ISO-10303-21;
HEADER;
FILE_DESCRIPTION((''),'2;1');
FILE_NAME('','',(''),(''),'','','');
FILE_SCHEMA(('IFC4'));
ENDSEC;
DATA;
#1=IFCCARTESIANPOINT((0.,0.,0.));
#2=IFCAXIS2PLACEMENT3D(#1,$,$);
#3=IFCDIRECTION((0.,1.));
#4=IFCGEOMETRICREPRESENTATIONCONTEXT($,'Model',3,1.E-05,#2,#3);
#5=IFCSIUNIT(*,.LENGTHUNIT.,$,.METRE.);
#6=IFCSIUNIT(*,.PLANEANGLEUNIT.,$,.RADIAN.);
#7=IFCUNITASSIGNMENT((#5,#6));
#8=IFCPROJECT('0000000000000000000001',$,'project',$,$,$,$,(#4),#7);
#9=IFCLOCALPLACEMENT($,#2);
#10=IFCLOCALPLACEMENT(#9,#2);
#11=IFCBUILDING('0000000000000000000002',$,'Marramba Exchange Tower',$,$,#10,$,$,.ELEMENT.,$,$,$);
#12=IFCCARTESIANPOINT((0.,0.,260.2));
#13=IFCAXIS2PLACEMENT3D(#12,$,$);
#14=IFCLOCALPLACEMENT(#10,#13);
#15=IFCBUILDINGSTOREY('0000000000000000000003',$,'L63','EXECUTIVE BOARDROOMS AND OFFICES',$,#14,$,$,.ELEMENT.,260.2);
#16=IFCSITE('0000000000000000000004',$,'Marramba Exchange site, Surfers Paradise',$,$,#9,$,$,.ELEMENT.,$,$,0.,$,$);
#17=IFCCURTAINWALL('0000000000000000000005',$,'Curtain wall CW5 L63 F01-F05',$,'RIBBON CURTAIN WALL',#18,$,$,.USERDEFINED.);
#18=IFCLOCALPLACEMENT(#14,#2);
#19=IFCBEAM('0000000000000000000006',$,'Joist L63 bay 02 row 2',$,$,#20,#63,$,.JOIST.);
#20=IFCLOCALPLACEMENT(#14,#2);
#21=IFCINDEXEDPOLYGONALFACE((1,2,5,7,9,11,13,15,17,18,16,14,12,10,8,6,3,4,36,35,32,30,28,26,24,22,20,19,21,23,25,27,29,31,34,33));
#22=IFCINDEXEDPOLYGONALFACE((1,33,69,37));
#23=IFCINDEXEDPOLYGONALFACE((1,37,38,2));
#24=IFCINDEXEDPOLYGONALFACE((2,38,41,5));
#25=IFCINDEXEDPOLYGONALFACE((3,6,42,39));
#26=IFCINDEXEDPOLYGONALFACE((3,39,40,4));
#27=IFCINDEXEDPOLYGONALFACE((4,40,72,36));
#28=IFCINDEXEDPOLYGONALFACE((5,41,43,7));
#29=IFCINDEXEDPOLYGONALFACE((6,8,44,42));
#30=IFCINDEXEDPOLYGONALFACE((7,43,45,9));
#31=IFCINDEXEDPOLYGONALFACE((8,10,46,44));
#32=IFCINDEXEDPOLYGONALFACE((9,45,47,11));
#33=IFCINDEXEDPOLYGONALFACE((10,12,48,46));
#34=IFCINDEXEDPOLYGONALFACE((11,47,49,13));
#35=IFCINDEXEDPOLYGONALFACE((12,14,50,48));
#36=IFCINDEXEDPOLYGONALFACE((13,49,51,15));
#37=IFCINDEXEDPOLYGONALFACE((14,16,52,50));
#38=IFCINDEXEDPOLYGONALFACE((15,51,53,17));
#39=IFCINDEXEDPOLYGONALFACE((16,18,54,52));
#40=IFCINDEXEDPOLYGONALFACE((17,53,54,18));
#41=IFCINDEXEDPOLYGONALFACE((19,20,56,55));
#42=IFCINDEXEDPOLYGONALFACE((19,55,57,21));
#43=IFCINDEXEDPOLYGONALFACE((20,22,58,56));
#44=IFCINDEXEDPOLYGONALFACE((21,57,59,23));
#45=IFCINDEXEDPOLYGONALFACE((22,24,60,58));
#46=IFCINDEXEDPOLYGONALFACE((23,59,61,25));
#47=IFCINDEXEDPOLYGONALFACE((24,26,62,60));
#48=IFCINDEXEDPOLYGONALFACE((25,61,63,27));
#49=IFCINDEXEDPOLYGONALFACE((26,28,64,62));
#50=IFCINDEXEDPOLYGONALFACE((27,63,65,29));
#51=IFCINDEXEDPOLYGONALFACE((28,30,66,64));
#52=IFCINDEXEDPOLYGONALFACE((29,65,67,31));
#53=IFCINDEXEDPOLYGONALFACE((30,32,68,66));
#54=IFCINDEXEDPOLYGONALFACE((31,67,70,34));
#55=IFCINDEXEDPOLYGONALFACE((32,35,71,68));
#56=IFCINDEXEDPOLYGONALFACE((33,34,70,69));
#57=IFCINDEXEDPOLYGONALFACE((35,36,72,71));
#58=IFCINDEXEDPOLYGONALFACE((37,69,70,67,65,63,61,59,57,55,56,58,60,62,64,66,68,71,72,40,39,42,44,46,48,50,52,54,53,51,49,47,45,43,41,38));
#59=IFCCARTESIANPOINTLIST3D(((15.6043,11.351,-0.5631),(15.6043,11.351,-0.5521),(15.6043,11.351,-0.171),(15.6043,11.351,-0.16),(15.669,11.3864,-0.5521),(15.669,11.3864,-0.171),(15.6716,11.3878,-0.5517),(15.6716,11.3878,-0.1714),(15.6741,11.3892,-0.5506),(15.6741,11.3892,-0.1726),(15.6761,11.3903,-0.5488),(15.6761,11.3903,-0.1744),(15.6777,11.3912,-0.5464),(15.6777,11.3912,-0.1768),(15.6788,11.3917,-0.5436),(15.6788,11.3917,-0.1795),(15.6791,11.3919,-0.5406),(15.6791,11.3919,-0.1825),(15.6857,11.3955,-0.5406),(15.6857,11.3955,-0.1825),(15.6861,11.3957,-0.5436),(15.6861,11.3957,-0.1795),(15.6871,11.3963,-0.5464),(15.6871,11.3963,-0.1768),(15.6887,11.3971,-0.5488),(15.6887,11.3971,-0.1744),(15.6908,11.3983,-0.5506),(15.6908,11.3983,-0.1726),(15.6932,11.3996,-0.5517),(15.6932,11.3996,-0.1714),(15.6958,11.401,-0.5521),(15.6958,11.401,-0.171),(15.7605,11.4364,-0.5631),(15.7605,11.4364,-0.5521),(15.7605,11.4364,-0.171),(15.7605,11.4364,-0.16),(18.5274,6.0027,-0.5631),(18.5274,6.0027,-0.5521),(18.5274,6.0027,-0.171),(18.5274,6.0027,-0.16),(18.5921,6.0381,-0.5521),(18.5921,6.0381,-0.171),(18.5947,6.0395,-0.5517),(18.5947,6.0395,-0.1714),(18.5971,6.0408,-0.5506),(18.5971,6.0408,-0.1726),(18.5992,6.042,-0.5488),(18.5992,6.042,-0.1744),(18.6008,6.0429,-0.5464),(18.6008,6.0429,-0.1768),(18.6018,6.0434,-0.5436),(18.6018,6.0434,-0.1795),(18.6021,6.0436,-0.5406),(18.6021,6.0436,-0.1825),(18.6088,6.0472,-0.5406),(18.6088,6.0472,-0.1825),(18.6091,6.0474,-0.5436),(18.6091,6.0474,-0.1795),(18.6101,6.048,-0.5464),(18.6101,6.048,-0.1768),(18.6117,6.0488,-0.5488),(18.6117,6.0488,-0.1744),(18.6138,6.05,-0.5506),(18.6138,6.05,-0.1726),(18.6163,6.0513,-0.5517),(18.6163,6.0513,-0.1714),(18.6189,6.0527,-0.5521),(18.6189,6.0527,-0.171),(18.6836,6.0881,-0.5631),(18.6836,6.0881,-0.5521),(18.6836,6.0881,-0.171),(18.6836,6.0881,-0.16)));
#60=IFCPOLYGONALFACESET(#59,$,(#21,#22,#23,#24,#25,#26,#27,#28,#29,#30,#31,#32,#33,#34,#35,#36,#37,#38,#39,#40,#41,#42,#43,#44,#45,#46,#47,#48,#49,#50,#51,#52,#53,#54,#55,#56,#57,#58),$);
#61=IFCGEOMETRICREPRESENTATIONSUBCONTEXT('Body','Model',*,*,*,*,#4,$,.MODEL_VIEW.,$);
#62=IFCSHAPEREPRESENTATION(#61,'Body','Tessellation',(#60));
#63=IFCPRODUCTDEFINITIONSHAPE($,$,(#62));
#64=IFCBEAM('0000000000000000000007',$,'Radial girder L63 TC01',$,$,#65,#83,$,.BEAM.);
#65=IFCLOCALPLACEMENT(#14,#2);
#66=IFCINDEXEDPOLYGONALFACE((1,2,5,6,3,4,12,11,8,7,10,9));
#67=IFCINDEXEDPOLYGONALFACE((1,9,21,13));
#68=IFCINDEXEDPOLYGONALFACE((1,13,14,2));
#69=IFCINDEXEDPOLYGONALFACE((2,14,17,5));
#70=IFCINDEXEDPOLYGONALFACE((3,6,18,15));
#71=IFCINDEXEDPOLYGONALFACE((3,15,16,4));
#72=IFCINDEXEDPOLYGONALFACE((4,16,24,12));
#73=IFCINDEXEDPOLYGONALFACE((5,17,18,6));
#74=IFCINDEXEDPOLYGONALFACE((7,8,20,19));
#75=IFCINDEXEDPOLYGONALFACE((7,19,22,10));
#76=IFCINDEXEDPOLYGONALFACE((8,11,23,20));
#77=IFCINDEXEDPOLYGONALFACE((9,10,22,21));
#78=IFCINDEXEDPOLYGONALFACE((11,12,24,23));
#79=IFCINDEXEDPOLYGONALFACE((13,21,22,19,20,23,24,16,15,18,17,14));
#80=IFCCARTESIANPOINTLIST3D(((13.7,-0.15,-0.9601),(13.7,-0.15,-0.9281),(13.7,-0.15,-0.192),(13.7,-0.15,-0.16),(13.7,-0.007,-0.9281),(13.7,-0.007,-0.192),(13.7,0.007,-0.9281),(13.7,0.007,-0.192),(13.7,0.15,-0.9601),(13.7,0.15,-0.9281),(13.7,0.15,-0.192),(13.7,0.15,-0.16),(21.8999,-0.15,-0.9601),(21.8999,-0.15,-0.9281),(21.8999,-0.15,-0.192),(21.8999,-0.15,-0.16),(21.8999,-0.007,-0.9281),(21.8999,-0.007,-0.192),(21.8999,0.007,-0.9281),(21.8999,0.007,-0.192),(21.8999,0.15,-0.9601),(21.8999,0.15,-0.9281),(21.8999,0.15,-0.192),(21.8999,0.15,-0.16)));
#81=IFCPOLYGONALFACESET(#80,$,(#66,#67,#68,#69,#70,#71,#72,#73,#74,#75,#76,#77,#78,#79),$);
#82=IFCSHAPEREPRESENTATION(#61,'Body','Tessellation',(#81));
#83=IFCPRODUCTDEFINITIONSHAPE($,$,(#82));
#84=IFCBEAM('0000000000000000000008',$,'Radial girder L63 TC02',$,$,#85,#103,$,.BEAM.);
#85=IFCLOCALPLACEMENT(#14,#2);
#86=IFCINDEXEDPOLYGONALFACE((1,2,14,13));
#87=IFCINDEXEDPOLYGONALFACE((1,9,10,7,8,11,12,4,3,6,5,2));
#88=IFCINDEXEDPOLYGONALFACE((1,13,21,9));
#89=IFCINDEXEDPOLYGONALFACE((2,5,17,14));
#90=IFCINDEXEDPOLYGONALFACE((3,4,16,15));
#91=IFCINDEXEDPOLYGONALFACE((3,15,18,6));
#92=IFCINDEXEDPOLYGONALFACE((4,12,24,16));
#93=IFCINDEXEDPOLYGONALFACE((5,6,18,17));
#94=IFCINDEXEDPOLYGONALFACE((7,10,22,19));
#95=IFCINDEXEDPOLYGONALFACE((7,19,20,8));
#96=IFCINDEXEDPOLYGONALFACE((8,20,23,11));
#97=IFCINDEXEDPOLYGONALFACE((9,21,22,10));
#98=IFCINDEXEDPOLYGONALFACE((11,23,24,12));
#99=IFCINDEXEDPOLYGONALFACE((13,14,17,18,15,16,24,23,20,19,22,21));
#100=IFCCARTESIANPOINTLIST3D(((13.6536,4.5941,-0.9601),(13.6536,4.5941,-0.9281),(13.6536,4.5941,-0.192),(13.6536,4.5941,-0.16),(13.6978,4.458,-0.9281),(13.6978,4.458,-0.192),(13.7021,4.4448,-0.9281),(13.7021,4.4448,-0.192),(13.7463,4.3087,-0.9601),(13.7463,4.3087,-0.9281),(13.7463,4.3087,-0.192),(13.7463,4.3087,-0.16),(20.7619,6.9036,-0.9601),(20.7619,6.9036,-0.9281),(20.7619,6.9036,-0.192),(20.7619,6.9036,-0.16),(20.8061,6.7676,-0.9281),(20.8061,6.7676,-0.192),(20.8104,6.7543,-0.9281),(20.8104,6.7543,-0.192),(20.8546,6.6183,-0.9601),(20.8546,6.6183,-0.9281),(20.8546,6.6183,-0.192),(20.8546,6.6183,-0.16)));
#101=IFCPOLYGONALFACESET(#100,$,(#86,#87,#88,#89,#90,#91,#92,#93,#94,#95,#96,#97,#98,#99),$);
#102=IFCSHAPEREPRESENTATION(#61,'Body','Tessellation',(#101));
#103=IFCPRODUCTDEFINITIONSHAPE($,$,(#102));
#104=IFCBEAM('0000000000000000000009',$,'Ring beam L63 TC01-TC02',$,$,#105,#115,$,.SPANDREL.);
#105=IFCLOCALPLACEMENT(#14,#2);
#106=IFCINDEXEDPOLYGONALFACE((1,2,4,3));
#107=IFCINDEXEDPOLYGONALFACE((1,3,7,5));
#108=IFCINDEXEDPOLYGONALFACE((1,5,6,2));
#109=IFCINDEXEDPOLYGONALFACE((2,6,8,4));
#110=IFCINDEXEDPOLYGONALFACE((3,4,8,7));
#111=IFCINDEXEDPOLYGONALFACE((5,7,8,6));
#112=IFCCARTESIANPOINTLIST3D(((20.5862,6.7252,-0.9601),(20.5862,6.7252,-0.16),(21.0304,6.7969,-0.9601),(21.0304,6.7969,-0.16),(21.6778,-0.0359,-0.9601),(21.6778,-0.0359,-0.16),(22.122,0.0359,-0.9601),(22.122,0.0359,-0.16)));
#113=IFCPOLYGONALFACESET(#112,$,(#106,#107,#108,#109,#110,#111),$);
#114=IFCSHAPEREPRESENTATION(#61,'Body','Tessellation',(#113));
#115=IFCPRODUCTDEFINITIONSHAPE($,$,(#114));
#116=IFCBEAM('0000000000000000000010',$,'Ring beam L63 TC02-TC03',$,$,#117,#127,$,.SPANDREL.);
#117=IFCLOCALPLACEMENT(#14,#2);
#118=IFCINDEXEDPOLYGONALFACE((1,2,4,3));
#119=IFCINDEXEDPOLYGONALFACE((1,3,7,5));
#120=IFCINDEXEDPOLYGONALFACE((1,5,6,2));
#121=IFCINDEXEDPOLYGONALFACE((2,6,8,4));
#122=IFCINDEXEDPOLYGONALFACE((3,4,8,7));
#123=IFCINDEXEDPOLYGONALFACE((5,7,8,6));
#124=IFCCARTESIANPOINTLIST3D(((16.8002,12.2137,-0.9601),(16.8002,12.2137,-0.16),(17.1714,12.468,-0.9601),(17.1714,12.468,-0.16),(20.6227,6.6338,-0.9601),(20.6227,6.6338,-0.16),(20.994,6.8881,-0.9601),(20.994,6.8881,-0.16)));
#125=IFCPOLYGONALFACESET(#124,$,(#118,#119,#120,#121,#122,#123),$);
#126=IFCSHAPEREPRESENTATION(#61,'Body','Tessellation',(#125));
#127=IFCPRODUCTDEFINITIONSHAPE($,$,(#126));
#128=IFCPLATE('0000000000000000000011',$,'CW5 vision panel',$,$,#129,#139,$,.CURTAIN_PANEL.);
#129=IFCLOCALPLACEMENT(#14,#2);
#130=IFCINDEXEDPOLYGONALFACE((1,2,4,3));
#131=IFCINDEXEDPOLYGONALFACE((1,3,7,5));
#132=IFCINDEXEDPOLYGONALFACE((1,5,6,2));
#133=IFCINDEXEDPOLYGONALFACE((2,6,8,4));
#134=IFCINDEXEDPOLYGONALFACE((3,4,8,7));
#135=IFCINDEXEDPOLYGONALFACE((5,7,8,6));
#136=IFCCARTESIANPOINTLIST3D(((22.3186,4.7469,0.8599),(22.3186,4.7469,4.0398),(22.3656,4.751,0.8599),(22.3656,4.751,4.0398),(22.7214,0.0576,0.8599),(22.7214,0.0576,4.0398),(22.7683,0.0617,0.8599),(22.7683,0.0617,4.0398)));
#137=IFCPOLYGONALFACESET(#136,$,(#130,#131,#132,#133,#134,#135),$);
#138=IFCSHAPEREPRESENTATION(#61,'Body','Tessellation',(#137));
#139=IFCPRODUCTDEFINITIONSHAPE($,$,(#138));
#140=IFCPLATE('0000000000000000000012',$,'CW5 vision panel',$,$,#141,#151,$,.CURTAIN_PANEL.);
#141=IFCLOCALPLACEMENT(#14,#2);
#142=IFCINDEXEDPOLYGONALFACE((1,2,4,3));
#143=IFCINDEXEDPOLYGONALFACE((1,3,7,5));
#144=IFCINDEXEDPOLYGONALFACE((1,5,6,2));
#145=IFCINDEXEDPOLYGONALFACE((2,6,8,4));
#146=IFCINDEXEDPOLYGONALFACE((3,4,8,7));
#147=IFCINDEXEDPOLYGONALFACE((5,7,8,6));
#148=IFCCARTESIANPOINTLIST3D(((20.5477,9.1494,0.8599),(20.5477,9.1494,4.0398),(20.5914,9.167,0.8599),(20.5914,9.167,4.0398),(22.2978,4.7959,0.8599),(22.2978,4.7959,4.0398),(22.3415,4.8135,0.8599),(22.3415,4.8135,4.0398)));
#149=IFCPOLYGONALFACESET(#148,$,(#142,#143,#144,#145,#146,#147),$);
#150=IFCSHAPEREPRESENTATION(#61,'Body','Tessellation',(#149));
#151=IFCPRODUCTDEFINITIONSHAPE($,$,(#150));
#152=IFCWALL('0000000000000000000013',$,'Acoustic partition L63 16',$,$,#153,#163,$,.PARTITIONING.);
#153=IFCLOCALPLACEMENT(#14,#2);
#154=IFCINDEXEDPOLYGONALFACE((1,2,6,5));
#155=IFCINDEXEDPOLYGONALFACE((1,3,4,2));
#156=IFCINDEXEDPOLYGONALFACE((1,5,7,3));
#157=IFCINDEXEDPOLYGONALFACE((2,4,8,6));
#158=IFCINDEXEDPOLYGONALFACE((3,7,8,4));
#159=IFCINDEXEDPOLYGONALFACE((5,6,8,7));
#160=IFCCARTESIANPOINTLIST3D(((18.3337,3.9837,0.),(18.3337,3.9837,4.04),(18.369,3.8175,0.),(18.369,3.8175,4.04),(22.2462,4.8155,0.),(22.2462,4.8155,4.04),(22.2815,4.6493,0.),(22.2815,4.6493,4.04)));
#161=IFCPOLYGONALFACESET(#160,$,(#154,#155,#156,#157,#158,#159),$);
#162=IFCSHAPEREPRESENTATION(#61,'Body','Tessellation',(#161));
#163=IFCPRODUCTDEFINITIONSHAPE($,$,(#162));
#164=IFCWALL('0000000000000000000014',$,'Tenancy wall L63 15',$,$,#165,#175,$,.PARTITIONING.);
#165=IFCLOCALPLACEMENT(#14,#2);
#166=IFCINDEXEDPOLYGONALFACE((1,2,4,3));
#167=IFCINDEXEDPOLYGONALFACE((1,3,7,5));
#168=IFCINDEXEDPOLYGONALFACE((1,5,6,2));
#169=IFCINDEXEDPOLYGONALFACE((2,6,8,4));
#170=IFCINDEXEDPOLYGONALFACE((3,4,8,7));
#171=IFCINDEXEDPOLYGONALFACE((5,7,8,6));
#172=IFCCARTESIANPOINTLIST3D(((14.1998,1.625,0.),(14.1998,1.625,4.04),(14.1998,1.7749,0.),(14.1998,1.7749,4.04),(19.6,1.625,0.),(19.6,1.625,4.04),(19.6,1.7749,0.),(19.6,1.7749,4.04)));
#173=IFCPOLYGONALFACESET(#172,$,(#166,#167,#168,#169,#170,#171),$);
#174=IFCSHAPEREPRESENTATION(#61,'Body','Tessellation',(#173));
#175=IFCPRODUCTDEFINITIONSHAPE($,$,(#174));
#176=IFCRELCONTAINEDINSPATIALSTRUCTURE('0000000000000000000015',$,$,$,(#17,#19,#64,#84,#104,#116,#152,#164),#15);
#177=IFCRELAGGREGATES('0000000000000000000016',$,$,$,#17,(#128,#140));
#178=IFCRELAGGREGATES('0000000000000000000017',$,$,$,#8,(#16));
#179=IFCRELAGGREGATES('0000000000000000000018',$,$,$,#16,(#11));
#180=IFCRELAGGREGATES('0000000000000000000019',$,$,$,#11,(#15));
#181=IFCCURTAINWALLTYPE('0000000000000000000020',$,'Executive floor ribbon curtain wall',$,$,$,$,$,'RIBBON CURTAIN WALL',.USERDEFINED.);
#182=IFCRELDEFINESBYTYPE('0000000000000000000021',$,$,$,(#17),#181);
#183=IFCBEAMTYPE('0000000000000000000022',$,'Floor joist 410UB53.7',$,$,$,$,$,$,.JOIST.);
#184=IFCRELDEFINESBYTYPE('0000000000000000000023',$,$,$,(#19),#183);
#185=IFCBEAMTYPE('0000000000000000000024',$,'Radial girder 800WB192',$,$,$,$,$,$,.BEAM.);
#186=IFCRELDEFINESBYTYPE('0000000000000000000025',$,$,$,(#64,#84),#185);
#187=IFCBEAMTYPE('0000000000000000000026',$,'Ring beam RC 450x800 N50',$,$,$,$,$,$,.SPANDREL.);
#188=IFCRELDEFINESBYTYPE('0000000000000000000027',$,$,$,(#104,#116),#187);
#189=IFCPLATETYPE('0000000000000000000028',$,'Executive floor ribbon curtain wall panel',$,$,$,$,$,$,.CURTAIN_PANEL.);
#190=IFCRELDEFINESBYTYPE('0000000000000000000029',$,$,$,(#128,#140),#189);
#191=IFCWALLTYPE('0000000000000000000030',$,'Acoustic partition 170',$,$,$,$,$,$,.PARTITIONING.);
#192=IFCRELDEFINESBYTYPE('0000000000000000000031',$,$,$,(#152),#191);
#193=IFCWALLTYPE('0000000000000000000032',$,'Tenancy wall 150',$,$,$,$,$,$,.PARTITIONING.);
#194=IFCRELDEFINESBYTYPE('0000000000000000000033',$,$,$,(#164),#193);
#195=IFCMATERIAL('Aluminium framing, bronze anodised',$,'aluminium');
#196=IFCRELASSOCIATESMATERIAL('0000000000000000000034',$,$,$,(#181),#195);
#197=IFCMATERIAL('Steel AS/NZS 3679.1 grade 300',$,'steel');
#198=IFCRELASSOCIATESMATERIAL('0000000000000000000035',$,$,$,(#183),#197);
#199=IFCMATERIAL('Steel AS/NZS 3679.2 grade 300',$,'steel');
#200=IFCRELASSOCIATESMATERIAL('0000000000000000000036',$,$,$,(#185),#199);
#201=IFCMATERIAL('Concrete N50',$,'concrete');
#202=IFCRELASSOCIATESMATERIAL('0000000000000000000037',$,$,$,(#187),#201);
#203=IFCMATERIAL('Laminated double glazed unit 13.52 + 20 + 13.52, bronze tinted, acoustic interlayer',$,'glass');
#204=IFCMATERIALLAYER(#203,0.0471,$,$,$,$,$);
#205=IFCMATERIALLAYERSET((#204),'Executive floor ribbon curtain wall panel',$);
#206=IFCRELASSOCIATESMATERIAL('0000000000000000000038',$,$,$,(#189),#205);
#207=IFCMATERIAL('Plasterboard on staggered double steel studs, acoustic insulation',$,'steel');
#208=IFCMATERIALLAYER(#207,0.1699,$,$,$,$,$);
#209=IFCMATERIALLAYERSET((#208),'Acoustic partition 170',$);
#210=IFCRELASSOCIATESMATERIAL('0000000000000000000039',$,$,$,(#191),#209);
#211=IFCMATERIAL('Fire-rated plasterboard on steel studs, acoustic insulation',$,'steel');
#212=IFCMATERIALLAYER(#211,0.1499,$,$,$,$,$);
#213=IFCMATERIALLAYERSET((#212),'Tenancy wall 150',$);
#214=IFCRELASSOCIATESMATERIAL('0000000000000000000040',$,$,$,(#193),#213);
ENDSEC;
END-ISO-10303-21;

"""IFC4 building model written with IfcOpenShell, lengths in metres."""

from ifc_helpers import new_model, si_unit, direction, frame, frame_2d, origin, origin_2d, place, context, subcontext, project, spatial, rectangle, i_section, extrude, material, layer, layer_set, material_profile, profile_set, type_object, element, aggregate, save


model = new_model("IFC4")

# Units and contexts
model_context = context("Model", 3, precision=1e-05, world=origin(), true_north=direction((0.0, 1.0)))
body_context = subcontext(model_context, "Body", "Model", "MODEL_VIEW")
ifc_project = project(units=[si_unit("LENGTHUNIT", "METRE"), si_unit("PLANEANGLEUNIT", "RADIAN")], contexts=[model_context])

# Site, building, storey
site_placement = place(None, origin())
site = spatial("IfcSite", under=ifc_project, at=site_placement, Name="Marramba Exchange site, Surfers Paradise", CompositionType="ELEMENT", RefElevation=0.0)
building_placement = place(site_placement, origin())
building = spatial("IfcBuilding", under=site, at=building_placement, Name="Marramba Exchange Tower", CompositionType="ELEMENT")
storey_placement = place(building_placement, frame((0.0, 0.0, 260.2)))
storey = spatial("IfcBuildingStorey", under=building, at=storey_placement, Name="L63", Description="EXECUTIVE BOARDROOMS AND OFFICES", CompositionType="ELEMENT", Elevation=260.2)

# Shared definitions
ifc_material_1 = material(Name="Concrete N50", Category="concrete")

# Curtain wall
ifc_material_2 = material(Name="Aluminium framing, bronze anodised", Category="aluminium")
curtain_wall_type = type_object("IfcCurtainWallType", Name="Executive floor ribbon curtain wall", ElementType="RIBBON CURTAIN WALL", PredefinedType="USERDEFINED", material=ifc_material_2)
curtain_wall_placement = place(storey_placement, origin())
curtain_wall = element("IfcCurtainWall", 1, at=curtain_wall_placement, inside=storey, type_object=curtain_wall_type, Name="Curtain wall CW5 L63 F01-F05", ObjectType="RIBBON CURTAIN WALL", PredefinedType="USERDEFINED")

# Beams
ifc_material_3 = material(Name="Steel AS/NZS 3679.1 grade 300", Category="steel")
ifc_material_profile_1 = material_profile(ifc_material_3, i_section(OverallWidth=0.178, OverallDepth=0.4031, WebThickness=0.0076, FlangeThickness=0.011, FilletRadius=0.0115, at=origin_2d()), Name="410UB53.7")
ifc_profile_set_1 = profile_set([ifc_material_profile_1], Name="Steel AS/NZS 3679.1 grade 300")
beam_type_1 = type_object("IfcBeamType", Name="Floor joist 410UB53.7", PredefinedType="JOIST", material=ifc_profile_set_1)
beam_1_placement = place(storey_placement, frame((18.6055, 6.0454, -0.3616), z_axis=(-0.479584, 0.877496, 0.0), x_axis=(-0.877496, -0.479584, 0.0)))
element("IfcBeam", 2, at=beam_1_placement, inside=storey, type_object=beam_type_1, Name="Joist L63 bay 02 row 2", PredefinedType="JOIST", context=body_context, shape_type="SweptSolid", body=[
    extrude(i_section(OverallWidth=0.178, OverallDepth=0.4031, WebThickness=0.0076, FlangeThickness=0.011, FilletRadius=0.0115, at=origin_2d()), origin(), (0.0, 0.0, 1.0), 6.095),
])
ifc_material_4 = material(Name="Steel AS/NZS 3679.2 grade 300", Category="steel")
ifc_material_profile_2 = material_profile(ifc_material_4, i_section(OverallWidth=0.3, OverallDepth=0.8, WebThickness=0.0139, FlangeThickness=0.032, at=origin_2d()), Name="800WB192")
ifc_profile_set_2 = profile_set([ifc_material_profile_2], Name="Steel AS/NZS 3679.2 grade 300")
beam_type_2 = type_object("IfcBeamType", Name="Radial girder 800WB192", PredefinedType="BEAM", material=ifc_profile_set_2)
beam_2_placement = place(storey_placement, frame((13.7, 0.0, -0.5601), z_axis=(1.0, 0.0, 0.0), x_axis=(0.0, 1.0, 0.0)))
element("IfcBeam", 3, at=beam_2_placement, inside=storey, type_object=beam_type_2, Name="Radial girder L63 TC01", PredefinedType="BEAM", context=body_context, shape_type="SweptSolid", body=[
    extrude(i_section(OverallWidth=0.3, OverallDepth=0.8, WebThickness=0.0139, FlangeThickness=0.032, at=origin_2d()), origin(), (0.0, 0.0, 1.0), 8.2),
])
beam_3_placement = place(storey_placement, frame((13.7, 4.4514, -0.5601), z_axis=(0.95106, 0.309006, 0.0), x_axis=(-0.309006, 0.95106, 0.0)))
element("IfcBeam", 4, at=beam_3_placement, inside=storey, type_object=beam_type_2, Name="Radial girder L63 TC02", PredefinedType="BEAM", context=body_context, shape_type="SweptSolid", body=[
    extrude(i_section(OverallWidth=0.3, OverallDepth=0.8, WebThickness=0.0139, FlangeThickness=0.032, at=origin_2d()), origin(), (0.0, 0.0, 1.0), 7.4741),
])
ifc_material_profile_3 = material_profile(ifc_material_1, rectangle(XDim=0.45, YDim=0.8, at=origin_2d()), Name="RC 450x800")
ifc_profile_set_3 = profile_set([ifc_material_profile_3], Name="Concrete N50")
beam_type_3 = type_object("IfcBeamType", Name="Ring beam RC 450x800 N50", PredefinedType="SPANDREL", material=ifc_profile_set_3)
beam_4_placement = place(storey_placement, frame((21.8999, 0.0, -0.5601), z_axis=(-0.159385, 0.987217, 0.0), x_axis=(-0.987217, -0.159385, 0.0)))
element("IfcBeam", 5, at=beam_4_placement, inside=storey, type_object=beam_type_3, Name="Ring beam L63 TC01-TC02", PredefinedType="SPANDREL", context=body_context, shape_type="SweptSolid", body=[
    extrude(rectangle(XDim=0.45, YDim=0.8, at=origin_2d()), origin(), (0.0, 0.0, 1.0), 6.8486),
])
beam_5_placement = place(storey_placement, frame((20.8083, 6.761, -0.5601), z_axis=(-0.56516, 0.824981, 0.0), x_axis=(-0.824981, -0.56516, 0.0)))
element("IfcBeam", 6, at=beam_5_placement, inside=storey, type_object=beam_type_3, Name="Ring beam L63 TC02-TC03", PredefinedType="SPANDREL", context=body_context, shape_type="SweptSolid", body=[
    extrude(rectangle(XDim=0.45, YDim=0.8, at=origin_2d()), origin(), (0.0, 0.0, 1.0), 6.7637),
])

# Plates
ifc_material_5 = material(Name="Laminated double glazed unit 13.52 + 20 + 13.52, bronze tinted, acoustic interlayer", Category="glass")
ifc_layer_1 = layer(ifc_material_5, 0.0471)
ifc_layer_set_1 = layer_set([ifc_layer_1], Name="Executive floor ribbon curtain wall panel")
plate_type = type_object("IfcPlateType", Name="Executive floor ribbon curtain wall panel", PredefinedType="CURTAIN_PANEL", material=ifc_layer_set_1)
plate_1_placement = place(storey_placement, frame((22.5435, 2.4043, 0.8599), z_axis=(0.0, 0.0, 1.0), x_axis=(-0.085574, 0.996332, 0.0)))
plate_1 = element("IfcPlate", 7, at=plate_1_placement, type_object=plate_type, Name="CW5 vision panel", PredefinedType="CURTAIN_PANEL", context=body_context, shape_type="SweptSolid", body=[
    extrude(rectangle(XDim=4.7065, YDim=0.0471, at=origin_2d()), origin(), (0.0, 0.0, 1.0), 3.1799),
])
plate_2_placement = place(storey_placement, frame((21.4446, 6.9814, 0.8599), z_axis=(0.0, 0.0, 1.0), x_axis=(-0.372983, 0.927838, 0.0)))
plate_2 = element("IfcPlate", 8, at=plate_2_placement, type_object=plate_type, Name="CW5 vision panel", PredefinedType="CURTAIN_PANEL", context=body_context, shape_type="SweptSolid", body=[
    extrude(rectangle(XDim=4.6921, YDim=0.0471, at=origin_2d()), origin(), (0.0, 0.0, 1.0), 3.1799),
])
aggregate(curtain_wall, [plate_1, plate_2])

# Walls
ifc_material_6 = material(Name="Plasterboard on staggered double steel studs, acoustic insulation", Category="steel")
ifc_layer_2 = layer(ifc_material_6, 0.1699)
ifc_layer_set_2 = layer_set([ifc_layer_2], Name="Acoustic partition 170")
wall_type_1 = type_object("IfcWallType", Name="Acoustic partition 170", PredefinedType="PARTITIONING", material=ifc_layer_set_2)
wall_1_placement = place(storey_placement, frame((18.3513, 3.9006, 0.0), z_axis=(0.0, 0.0, 1.0), x_axis=(0.978141, 0.207945, 0.0)))
element("IfcWall", 9, at=wall_1_placement, inside=storey, type_object=wall_type_1, Name="Acoustic partition L63 16", PredefinedType="PARTITIONING", context=body_context, shape_type="SweptSolid", body=[
    extrude(rectangle(XDim=4.0, YDim=0.1699, at=frame_2d((2.0, 0.0))), origin(), (0.0, 0.0, 1.0), 4.04),
])
ifc_material_7 = material(Name="Fire-rated plasterboard on steel studs, acoustic insulation", Category="steel")
ifc_layer_3 = layer(ifc_material_7, 0.1499)
ifc_layer_set_3 = layer_set([ifc_layer_3], Name="Tenancy wall 150")
wall_type_2 = type_object("IfcWallType", Name="Tenancy wall 150", PredefinedType="PARTITIONING", material=ifc_layer_set_3)
wall_2_placement = place(storey_placement, frame((19.6001, 1.7, 0.0), z_axis=(0.0, 0.0, 1.0), x_axis=(-1.0, 0.0, 0.0)))
element("IfcWall", 10, at=wall_2_placement, inside=storey, type_object=wall_type_2, Name="Tenancy wall L63 15", PredefinedType="PARTITIONING", context=body_context, shape_type="SweptSolid", body=[
    extrude(rectangle(XDim=5.4001, YDim=0.1499, at=frame_2d((2.7002, 0.0))), origin(), (0.0, 0.0, 1.0), 4.04),
])

save(model, "model.ifc")
